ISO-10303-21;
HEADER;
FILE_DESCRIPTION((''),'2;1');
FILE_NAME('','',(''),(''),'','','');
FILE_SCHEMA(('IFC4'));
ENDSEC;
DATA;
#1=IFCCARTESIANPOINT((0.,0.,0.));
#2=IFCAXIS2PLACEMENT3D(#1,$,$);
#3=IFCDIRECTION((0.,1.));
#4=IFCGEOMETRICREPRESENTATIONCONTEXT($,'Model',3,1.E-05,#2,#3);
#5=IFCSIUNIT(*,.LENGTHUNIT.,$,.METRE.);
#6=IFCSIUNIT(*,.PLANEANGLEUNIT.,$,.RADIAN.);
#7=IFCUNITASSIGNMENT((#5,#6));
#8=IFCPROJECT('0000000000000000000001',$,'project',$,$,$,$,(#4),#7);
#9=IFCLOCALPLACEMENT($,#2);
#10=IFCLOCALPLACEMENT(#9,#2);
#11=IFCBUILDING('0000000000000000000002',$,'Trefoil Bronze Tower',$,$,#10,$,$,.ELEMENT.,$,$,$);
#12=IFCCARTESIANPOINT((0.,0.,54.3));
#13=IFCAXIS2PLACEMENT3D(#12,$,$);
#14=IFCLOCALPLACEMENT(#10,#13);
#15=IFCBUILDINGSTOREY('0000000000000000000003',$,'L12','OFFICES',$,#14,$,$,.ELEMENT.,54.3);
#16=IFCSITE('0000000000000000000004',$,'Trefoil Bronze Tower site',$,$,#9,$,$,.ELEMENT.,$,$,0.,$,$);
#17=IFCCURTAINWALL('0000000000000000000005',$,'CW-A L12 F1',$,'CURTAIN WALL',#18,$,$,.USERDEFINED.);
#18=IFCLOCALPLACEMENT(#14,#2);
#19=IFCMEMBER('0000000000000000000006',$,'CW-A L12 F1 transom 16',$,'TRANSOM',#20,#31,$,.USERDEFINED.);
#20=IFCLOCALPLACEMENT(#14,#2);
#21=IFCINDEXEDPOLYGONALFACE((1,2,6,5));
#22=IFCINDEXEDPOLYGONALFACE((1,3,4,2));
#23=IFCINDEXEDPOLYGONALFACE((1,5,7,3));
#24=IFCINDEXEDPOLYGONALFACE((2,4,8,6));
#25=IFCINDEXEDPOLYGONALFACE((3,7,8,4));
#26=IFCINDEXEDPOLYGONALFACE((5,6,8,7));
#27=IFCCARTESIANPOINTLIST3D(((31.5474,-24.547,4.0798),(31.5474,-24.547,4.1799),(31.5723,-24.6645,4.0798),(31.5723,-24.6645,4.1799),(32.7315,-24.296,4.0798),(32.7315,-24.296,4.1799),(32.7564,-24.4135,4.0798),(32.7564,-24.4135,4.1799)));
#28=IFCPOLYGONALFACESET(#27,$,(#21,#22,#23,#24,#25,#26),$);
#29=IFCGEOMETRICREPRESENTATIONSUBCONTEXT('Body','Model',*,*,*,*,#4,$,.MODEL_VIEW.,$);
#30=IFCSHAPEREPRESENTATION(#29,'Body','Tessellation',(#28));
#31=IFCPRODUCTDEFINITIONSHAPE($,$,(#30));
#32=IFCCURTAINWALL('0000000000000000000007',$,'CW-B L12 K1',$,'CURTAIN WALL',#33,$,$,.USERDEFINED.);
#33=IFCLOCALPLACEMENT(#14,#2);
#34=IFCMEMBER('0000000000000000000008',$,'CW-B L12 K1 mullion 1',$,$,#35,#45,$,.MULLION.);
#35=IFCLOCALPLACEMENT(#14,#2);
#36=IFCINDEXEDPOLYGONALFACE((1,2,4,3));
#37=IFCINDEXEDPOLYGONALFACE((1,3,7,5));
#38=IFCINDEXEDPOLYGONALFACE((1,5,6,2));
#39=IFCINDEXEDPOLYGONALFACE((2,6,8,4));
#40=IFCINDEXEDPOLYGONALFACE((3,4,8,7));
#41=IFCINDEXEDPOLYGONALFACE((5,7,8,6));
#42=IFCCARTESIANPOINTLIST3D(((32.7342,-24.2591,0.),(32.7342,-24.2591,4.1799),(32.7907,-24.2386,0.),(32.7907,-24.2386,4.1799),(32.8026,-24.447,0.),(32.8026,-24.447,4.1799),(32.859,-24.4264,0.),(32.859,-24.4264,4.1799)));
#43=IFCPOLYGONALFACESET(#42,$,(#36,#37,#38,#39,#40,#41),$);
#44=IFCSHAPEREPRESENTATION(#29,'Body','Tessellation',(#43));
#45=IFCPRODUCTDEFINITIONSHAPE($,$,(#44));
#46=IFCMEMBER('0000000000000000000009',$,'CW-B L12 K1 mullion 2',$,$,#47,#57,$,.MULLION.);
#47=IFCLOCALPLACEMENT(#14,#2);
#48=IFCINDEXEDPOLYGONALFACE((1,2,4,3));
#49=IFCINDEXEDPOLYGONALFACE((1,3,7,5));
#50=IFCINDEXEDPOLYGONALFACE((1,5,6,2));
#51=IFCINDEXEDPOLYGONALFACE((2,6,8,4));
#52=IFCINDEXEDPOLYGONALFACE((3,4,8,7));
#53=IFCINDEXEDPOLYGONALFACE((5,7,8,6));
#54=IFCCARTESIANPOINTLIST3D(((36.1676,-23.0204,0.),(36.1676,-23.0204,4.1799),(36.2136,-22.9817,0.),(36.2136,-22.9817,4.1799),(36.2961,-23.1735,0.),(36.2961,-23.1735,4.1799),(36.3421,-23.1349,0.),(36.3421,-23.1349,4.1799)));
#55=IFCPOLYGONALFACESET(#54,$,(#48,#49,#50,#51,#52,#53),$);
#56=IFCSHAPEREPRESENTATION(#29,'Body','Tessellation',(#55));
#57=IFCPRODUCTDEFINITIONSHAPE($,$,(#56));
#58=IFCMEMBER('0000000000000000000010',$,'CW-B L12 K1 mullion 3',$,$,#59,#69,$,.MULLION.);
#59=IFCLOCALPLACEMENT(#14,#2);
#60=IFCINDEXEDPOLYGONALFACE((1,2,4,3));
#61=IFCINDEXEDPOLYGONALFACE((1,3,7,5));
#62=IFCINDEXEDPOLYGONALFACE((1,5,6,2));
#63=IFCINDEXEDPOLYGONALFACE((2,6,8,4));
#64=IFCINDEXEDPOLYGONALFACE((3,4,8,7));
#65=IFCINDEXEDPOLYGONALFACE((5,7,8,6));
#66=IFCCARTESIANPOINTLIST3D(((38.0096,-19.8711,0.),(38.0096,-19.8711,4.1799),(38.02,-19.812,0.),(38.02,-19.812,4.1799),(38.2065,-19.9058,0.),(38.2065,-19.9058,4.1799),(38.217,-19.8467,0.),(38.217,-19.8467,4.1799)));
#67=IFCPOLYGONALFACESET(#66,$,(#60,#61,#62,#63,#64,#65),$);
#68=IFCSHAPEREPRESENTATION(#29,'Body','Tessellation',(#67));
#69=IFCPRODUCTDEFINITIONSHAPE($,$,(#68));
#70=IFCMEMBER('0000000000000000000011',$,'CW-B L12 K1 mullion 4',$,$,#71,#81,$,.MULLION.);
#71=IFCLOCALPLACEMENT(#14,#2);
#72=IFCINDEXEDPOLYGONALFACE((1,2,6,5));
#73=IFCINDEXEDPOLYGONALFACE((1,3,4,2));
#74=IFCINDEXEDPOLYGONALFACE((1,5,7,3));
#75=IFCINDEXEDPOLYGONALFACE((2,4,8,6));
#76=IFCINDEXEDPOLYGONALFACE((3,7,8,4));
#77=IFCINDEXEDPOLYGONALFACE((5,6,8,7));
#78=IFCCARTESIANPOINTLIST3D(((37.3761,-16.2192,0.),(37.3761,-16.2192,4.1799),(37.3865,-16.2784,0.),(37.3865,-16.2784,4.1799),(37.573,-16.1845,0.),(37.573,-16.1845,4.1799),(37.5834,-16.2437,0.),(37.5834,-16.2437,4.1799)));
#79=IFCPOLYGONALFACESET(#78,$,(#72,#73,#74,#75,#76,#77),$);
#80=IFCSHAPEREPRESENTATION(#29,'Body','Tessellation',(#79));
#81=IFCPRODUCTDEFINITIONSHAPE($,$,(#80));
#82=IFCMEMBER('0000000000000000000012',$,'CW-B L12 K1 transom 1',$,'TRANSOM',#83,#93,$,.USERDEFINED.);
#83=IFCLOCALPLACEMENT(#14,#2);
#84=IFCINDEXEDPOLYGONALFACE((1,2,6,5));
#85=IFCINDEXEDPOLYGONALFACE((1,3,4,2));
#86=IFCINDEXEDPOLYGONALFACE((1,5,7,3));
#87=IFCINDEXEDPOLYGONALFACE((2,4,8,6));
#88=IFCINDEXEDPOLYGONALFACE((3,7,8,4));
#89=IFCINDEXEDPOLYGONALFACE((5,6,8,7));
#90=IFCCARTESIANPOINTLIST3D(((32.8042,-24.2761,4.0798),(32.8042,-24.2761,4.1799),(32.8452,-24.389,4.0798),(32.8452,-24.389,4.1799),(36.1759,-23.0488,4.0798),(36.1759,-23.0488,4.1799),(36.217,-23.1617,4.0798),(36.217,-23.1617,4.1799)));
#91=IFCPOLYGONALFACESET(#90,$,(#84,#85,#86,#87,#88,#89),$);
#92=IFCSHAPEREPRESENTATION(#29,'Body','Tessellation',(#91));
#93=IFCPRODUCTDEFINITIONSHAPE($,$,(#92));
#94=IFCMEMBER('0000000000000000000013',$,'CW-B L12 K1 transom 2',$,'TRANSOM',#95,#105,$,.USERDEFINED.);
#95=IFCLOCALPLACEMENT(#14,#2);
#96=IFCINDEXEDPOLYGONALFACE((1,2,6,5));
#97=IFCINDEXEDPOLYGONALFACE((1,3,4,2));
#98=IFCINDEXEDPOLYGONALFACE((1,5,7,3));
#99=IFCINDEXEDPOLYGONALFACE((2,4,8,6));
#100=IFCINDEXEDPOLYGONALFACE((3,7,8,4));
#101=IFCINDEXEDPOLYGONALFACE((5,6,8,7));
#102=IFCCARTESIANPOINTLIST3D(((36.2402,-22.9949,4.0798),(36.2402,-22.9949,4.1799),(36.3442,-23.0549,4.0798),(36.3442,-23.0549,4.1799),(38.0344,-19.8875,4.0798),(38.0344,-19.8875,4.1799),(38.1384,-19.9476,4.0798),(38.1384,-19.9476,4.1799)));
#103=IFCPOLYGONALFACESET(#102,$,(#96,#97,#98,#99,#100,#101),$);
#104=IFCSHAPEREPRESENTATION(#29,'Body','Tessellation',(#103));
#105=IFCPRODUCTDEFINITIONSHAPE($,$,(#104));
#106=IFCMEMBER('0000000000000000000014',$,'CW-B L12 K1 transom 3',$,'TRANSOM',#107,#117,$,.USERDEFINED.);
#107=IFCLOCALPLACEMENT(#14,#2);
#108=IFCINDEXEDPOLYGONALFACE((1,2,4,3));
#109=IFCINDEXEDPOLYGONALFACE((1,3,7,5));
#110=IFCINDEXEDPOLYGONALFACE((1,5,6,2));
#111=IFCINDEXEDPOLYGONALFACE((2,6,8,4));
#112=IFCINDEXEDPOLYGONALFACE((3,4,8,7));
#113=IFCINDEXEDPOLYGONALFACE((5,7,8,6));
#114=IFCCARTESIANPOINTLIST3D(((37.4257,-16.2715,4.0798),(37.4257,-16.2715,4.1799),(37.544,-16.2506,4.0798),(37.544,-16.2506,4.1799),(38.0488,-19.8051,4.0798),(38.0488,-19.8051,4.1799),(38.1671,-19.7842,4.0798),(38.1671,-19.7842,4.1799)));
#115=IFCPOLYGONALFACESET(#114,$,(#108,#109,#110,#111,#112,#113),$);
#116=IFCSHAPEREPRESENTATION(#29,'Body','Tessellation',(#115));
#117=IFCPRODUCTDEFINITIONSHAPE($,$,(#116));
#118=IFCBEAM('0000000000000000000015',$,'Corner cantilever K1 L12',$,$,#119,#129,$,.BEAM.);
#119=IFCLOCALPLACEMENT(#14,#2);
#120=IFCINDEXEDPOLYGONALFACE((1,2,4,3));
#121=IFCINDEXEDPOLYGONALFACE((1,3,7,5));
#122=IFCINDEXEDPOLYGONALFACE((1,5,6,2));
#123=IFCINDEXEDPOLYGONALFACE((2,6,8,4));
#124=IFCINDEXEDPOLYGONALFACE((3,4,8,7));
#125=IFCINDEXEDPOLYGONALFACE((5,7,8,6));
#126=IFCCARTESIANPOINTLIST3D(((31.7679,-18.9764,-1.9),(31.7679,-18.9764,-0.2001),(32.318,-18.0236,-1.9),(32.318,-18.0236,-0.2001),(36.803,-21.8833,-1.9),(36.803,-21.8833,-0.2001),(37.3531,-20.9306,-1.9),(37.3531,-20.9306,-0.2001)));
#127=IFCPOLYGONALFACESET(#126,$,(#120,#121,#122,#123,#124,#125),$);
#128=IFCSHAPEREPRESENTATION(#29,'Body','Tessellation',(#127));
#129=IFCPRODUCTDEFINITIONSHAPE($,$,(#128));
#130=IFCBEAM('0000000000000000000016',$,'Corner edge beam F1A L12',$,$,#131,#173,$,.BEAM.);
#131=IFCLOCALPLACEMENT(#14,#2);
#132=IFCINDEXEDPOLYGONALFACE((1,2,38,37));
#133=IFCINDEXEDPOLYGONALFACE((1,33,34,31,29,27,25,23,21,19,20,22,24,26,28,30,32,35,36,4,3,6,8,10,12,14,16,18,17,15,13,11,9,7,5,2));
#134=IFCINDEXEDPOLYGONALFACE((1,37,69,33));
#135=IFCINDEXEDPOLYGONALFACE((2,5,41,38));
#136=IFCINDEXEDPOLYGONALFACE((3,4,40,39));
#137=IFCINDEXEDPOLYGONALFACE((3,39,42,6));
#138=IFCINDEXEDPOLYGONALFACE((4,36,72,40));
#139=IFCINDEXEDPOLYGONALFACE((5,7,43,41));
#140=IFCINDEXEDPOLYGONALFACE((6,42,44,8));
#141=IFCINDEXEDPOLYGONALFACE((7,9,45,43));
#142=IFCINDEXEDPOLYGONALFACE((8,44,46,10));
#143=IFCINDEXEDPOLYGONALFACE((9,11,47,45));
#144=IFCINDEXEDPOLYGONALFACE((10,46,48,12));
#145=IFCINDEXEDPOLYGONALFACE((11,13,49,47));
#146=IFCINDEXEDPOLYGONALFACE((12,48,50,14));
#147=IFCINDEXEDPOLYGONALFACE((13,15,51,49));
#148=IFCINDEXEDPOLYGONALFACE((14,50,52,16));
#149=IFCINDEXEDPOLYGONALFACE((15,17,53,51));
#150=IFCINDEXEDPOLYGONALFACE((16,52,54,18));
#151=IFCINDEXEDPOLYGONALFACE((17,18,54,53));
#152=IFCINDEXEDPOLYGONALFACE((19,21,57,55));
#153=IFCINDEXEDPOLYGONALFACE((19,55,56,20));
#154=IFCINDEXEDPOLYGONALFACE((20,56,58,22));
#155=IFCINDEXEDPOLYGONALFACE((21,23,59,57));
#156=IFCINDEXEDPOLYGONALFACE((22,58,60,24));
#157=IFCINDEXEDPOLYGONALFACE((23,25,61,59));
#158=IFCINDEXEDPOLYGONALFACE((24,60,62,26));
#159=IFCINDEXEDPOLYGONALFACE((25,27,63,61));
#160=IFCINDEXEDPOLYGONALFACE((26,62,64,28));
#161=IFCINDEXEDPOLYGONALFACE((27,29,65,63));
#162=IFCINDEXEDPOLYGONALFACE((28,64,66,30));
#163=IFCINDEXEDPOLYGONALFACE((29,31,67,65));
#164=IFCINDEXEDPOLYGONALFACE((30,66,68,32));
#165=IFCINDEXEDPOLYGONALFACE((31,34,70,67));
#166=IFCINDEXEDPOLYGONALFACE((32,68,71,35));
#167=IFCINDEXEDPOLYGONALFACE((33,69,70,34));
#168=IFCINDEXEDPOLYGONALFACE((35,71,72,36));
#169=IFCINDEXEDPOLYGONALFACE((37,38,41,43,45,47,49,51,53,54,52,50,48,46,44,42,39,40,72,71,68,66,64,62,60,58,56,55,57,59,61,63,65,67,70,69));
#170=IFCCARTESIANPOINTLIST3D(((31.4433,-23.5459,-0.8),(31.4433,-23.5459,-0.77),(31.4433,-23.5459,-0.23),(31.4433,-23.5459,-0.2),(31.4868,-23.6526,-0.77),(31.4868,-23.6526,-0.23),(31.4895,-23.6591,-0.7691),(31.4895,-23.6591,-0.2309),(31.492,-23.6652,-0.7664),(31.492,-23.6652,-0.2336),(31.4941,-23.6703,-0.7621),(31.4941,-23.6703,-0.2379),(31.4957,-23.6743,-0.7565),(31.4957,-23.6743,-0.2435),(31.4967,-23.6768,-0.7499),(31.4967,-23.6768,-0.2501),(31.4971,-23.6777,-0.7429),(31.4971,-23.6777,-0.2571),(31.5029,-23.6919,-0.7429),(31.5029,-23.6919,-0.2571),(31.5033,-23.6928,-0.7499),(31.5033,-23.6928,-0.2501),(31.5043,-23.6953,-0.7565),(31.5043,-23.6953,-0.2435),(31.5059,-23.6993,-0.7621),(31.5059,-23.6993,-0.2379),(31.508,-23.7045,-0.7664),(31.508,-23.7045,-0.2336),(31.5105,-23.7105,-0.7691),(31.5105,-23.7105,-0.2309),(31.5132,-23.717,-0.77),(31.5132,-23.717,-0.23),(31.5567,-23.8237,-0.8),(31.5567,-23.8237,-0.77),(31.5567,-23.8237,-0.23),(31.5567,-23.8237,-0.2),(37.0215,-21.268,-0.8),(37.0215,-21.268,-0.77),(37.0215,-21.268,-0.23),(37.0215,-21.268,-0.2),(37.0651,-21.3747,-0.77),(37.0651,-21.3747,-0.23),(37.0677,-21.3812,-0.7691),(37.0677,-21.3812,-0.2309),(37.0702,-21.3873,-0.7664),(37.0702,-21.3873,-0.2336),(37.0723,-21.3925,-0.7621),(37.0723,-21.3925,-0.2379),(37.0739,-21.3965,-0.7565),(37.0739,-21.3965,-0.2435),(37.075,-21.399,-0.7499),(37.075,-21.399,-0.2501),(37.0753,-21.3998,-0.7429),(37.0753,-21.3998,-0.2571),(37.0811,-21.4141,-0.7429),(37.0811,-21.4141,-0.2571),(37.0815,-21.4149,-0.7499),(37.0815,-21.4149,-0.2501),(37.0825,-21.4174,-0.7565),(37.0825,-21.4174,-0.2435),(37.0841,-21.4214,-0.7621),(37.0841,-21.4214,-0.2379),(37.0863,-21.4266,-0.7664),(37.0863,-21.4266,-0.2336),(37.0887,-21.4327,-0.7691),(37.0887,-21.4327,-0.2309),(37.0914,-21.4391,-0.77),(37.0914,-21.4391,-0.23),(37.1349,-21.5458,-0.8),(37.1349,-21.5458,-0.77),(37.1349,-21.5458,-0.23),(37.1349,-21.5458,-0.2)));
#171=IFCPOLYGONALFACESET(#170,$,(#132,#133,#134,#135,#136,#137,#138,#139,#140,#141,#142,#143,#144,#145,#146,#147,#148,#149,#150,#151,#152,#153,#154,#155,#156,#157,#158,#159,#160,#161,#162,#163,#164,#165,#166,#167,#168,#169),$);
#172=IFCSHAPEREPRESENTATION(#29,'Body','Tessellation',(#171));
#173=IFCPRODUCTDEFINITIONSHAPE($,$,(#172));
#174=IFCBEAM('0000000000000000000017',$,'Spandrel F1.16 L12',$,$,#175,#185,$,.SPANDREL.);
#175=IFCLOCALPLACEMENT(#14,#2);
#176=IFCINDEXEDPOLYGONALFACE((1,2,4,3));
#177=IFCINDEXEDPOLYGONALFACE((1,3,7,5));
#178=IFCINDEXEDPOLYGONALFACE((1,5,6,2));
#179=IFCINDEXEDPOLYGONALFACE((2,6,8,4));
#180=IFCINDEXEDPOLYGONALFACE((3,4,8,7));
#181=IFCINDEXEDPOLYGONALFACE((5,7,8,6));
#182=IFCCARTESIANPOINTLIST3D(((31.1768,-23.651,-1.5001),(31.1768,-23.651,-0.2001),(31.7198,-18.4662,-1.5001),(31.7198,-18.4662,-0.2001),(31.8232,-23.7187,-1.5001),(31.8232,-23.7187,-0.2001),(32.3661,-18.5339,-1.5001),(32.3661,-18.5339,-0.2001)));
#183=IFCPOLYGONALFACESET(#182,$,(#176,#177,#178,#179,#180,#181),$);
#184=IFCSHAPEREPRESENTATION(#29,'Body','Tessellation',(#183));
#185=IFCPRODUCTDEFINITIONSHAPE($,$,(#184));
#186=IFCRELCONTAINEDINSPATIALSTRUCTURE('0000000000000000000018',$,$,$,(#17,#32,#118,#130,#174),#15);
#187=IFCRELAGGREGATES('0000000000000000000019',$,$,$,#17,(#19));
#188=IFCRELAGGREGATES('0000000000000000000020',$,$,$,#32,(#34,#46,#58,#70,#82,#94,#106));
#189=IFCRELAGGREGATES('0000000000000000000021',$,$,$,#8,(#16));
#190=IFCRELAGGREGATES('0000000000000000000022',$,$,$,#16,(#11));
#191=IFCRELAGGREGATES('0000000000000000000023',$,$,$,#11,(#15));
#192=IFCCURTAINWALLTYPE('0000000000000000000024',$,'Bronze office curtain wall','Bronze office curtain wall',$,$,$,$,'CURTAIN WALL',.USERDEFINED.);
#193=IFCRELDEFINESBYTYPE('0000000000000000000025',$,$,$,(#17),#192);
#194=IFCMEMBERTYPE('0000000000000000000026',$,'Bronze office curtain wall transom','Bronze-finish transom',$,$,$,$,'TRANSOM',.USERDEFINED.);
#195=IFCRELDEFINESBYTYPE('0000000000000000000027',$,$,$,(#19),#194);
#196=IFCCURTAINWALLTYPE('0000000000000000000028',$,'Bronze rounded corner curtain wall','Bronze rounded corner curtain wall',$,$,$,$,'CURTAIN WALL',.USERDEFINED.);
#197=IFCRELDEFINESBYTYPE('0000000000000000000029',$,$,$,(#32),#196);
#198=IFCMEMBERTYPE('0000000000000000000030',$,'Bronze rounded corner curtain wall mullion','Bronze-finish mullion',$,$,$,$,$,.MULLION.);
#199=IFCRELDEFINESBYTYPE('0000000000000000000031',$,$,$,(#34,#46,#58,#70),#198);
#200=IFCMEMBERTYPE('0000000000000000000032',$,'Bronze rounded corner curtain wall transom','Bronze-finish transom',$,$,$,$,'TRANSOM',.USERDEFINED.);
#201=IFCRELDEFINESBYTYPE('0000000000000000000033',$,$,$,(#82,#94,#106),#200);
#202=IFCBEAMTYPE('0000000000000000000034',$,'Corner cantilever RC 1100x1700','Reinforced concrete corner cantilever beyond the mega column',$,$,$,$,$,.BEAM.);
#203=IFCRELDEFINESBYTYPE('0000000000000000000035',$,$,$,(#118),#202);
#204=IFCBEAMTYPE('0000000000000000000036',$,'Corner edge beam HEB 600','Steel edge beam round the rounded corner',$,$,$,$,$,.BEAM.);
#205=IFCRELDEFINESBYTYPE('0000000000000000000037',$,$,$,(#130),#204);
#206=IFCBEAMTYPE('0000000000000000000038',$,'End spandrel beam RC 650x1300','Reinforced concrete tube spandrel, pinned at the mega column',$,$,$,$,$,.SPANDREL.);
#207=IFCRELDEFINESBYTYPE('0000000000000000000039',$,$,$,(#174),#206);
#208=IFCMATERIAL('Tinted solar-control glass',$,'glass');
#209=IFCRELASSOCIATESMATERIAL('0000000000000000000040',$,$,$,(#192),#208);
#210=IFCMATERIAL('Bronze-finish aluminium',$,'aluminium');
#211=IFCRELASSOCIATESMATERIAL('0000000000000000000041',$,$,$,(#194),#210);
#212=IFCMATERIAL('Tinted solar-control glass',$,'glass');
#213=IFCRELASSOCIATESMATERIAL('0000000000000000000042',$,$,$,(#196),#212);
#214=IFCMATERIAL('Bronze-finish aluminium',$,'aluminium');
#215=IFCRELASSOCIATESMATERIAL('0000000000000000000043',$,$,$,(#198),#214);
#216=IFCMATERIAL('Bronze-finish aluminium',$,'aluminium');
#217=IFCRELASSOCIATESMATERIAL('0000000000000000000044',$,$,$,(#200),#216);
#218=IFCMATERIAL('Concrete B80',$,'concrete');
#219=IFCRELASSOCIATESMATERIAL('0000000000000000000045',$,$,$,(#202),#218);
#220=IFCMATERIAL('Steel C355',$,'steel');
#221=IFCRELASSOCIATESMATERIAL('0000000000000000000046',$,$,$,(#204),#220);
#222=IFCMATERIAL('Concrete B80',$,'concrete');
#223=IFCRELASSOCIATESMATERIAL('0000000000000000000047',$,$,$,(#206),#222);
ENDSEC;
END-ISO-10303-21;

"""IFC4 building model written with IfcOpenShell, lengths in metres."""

from ifc_helpers import new_model, si_unit, direction, frame, origin, origin_2d, place, context, subcontext, project, spatial, rectangle, i_section, extrude, material, material_profile, profile_set, type_object, element, aggregate, save


model = new_model("IFC4")

# Units and contexts
model_context = context("Model", 3, precision=1e-05, world=origin(), true_north=direction((0.0, 1.0)))
body_context = subcontext(model_context, "Body", "Model", "MODEL_VIEW")
ifc_project = project(units=[si_unit("LENGTHUNIT", "METRE"), si_unit("PLANEANGLEUNIT", "RADIAN")], contexts=[model_context])

# Site, building, storey
site_placement = place(None, origin())
site = spatial("IfcSite", under=ifc_project, at=site_placement, Name="Trefoil Bronze Tower site", CompositionType="ELEMENT", RefElevation=0.0)
building_placement = place(site_placement, origin())
building = spatial("IfcBuilding", under=site, at=building_placement, Name="Trefoil Bronze Tower", CompositionType="ELEMENT")
storey_placement = place(building_placement, frame((0.0, 0.0, 54.3)))
storey = spatial("IfcBuildingStorey", under=building, at=storey_placement, Name="L12", Description="OFFICES", CompositionType="ELEMENT", Elevation=54.3)

# Curtain walls, members
ifc_material_1 = material(Name="Tinted solar-control glass", Category="glass")
curtain_wall_type_1 = type_object("IfcCurtainWallType", Name="Bronze office curtain wall", Description="Bronze office curtain wall", ElementType="CURTAIN WALL", PredefinedType="USERDEFINED", material=ifc_material_1)
curtain_wall_1_placement = place(storey_placement, origin())
curtain_wall_1 = element("IfcCurtainWall", 1, at=curtain_wall_1_placement, inside=storey, type_object=curtain_wall_type_1, Name="CW-A L12 F1", ObjectType="CURTAIN WALL", PredefinedType="USERDEFINED")
ifc_material_2 = material(Name="Bronze-finish aluminium", Category="aluminium")
ifc_material_profile_1 = material_profile(ifc_material_2, rectangle(XDim=0.1201, YDim=0.1001, at=origin_2d()), Name="CW-A transom")
ifc_profile_set_1 = profile_set([ifc_material_profile_1], Name="Bronze-finish aluminium")
member_type_1 = type_object("IfcMemberType", Name="Bronze office curtain wall transom", Description="Bronze-finish transom", ElementType="TRANSOM", PredefinedType="USERDEFINED", material=ifc_profile_set_1)
member_1_placement = place(storey_placement, frame((31.5598, -24.6057, 4.1299), z_axis=(0.978266, 0.207352, 0.0), x_axis=(-0.207352, 0.978266, 0.0)))
member_1 = element("IfcMember", 2, at=member_1_placement, type_object=member_type_1, Name="CW-A L12 F1 transom 16", ObjectType="TRANSOM", PredefinedType="USERDEFINED", context=body_context, shape_type="SweptSolid", body=[
    extrude(rectangle(XDim=0.1201, YDim=0.1001, at=origin_2d()), origin(), (0.0, 0.0, 1.0), 1.2104),
])
ifc_material_3 = material(Name="Tinted solar-control glass", Category="glass")
curtain_wall_type_2 = type_object("IfcCurtainWallType", Name="Bronze rounded corner curtain wall", Description="Bronze rounded corner curtain wall", ElementType="CURTAIN WALL", PredefinedType="USERDEFINED", material=ifc_material_3)
curtain_wall_2_placement = place(storey_placement, origin())
curtain_wall_2 = element("IfcCurtainWall", 3, at=curtain_wall_2_placement, inside=storey, type_object=curtain_wall_type_2, Name="CW-B L12 K1", ObjectType="CURTAIN WALL", PredefinedType="USERDEFINED")
ifc_material_4 = material(Name="Bronze-finish aluminium", Category="aluminium")
ifc_material_profile_2 = material_profile(ifc_material_4, rectangle(XDim=0.2, YDim=0.0601, at=origin_2d()), Name="CW-B mullion")
ifc_profile_set_2 = profile_set([ifc_material_profile_2], Name="Bronze-finish aluminium")
member_type_2 = type_object("IfcMemberType", Name="Bronze rounded corner curtain wall mullion", Description="Bronze-finish mullion", PredefinedType="MULLION", material=ifc_profile_set_2)
member_2_placement = place(storey_placement, frame((32.7966, -24.3428, 0.0), z_axis=(0.0, 0.0, 1.0), x_axis=(-0.34202, 0.939693, 0.0)))
member_2 = element("IfcMember", 4, at=member_2_placement, type_object=member_type_2, Name="CW-B L12 K1 mullion 1", PredefinedType="MULLION", context=body_context, shape_type="SweptSolid", body=[
    extrude(rectangle(XDim=0.2, YDim=0.0601, at=origin_2d()), origin(), (0.0, 0.0, 1.0), 4.1799),
])
member_3_placement = place(storey_placement, frame((36.2549, -23.0776, 0.0), z_axis=(0.0, 0.0, 1.0), x_axis=(-0.642788, 0.766044, 0.0)))
member_3 = element("IfcMember", 5, at=member_3_placement, type_object=member_type_2, Name="CW-B L12 K1 mullion 2", PredefinedType="MULLION", context=body_context, shape_type="SweptSolid", body=[
    extrude(rectangle(XDim=0.2, YDim=0.0601, at=origin_2d()), origin(), (0.0, 0.0, 1.0), 4.1799),
])
member_4_placement = place(storey_placement, frame((38.1133, -19.8589, 0.0), z_axis=(0.0, 0.0, 1.0), x_axis=(-0.984808, 0.173648, 0.0)))
member_4 = element("IfcMember", 6, at=member_4_placement, type_object=member_type_2, Name="CW-B L12 K1 mullion 3", PredefinedType="MULLION", context=body_context, shape_type="SweptSolid", body=[
    extrude(rectangle(XDim=0.2, YDim=0.0601, at=origin_2d()), origin(), (0.0, 0.0, 1.0), 4.1799),
])
member_5_placement = place(storey_placement, frame((37.4797, -16.2314, 0.0), z_axis=(0.0, 0.0, 1.0), x_axis=(-0.984808, -0.173648, 0.0)))
member_5 = element("IfcMember", 7, at=member_5_placement, type_object=member_type_2, Name="CW-B L12 K1 mullion 4", PredefinedType="MULLION", context=body_context, shape_type="SweptSolid", body=[
    extrude(rectangle(XDim=0.2, YDim=0.0601, at=origin_2d()), origin(), (0.0, 0.0, 1.0), 4.1799),
])
ifc_material_5 = material(Name="Bronze-finish aluminium", Category="aluminium")
ifc_material_profile_3 = material_profile(ifc_material_5, rectangle(XDim=0.1201, YDim=0.1001, at=origin_2d()), Name="CW-B transom")
ifc_profile_set_3 = profile_set([ifc_material_profile_3], Name="Bronze-finish aluminium")
member_type_3 = type_object("IfcMemberType", Name="Bronze rounded corner curtain wall transom", Description="Bronze-finish transom", ElementType="TRANSOM", PredefinedType="USERDEFINED", material=ifc_profile_set_3)
member_6_placement = place(storey_placement, frame((32.8247, -24.3325, 4.1299), z_axis=(0.939688, 0.342033, 0.0), x_axis=(-0.342033, 0.939688, 0.0)))
member_6 = element("IfcMember", 8, at=member_6_placement, type_object=member_type_3, Name="CW-B L12 K1 transom 1", ObjectType="TRANSOM", PredefinedType="USERDEFINED", context=body_context, shape_type="SweptSolid", body=[
    extrude(rectangle(XDim=0.1201, YDim=0.1001, at=origin_2d()), origin(), (0.0, 0.0, 1.0), 3.5881),
])
member_7_placement = place(storey_placement, frame((36.2922, -23.0249, 4.1299), z_axis=(0.500025, 0.866011, 0.0), x_axis=(-0.866011, 0.500025, 0.0)))
member_7 = element("IfcMember", 9, at=member_7_placement, type_object=member_type_3, Name="CW-B L12 K1 transom 2", ObjectType="TRANSOM", PredefinedType="USERDEFINED", context=body_context, shape_type="SweptSolid", body=[
    extrude(rectangle(XDim=0.1201, YDim=0.1001, at=origin_2d()), origin(), (0.0, 0.0, 1.0), 3.5881),
])
member_8_placement = place(storey_placement, frame((38.1079, -19.7947, 4.1299), z_axis=(-0.173638, 0.98481, 0.0), x_axis=(-0.98481, -0.173638, 0.0)))
member_8 = element("IfcMember", 10, at=member_8_placement, type_object=member_type_3, Name="CW-B L12 K1 transom 3", ObjectType="TRANSOM", PredefinedType="USERDEFINED", context=body_context, shape_type="SweptSolid", body=[
    extrude(rectangle(XDim=0.1201, YDim=0.1001, at=origin_2d()), origin(), (0.0, 0.0, 1.0), 3.5881),
])

# Beams
ifc_material_6 = material(Name="Concrete B80", Category="concrete")
ifc_material_profile_4 = material_profile(ifc_material_6, rectangle(XDim=1.1001, YDim=1.7, at=origin_2d()), Name="RC 1100x1700")
ifc_profile_set_4 = profile_set([ifc_material_profile_4], Name="Concrete B80")
beam_type_1 = type_object("IfcBeamType", Name="Corner cantilever RC 1100x1700", Description="Reinforced concrete corner cantilever beyond the mega column", PredefinedType="BEAM", material=ifc_profile_set_4)
beam_1_placement = place(storey_placement, frame((32.043, -18.5, -1.05), z_axis=(0.86603, -0.499991, 0.0), x_axis=(0.499991, 0.86603, 0.0)))
element("IfcBeam", 11, at=beam_1_placement, inside=storey, type_object=beam_type_1, Name="Corner cantilever K1 L12", PredefinedType="BEAM", context=body_context, shape_type="SweptSolid", body=[
    extrude(rectangle(XDim=1.1001, YDim=1.7, at=origin_2d()), origin(), (0.0, 0.0, 1.0), 5.814),
])
ifc_material_7 = material(Name="Steel C355", Category="steel")
ifc_material_profile_5 = material_profile(ifc_material_7, i_section(OverallWidth=0.3, OverallDepth=0.6001, WebThickness=0.0154, FlangeThickness=0.03, FilletRadius=0.0271, at=origin_2d()), Name="HEB 600")
ifc_profile_set_5 = profile_set([ifc_material_profile_5], Name="Steel C355")
beam_type_2 = type_object("IfcBeamType", Name="Corner edge beam HEB 600", Description="Steel edge beam round the rounded corner", PredefinedType="BEAM", material=ifc_profile_set_5)
beam_2_placement = place(storey_placement, frame((31.5, -23.6848, -0.5), z_axis=(0.925787, 0.378046, 0.0), x_axis=(-0.378046, 0.925787, 0.0)))
element("IfcBeam", 12, at=beam_2_placement, inside=storey, type_object=beam_type_2, Name="Corner edge beam F1A L12", PredefinedType="BEAM", context=body_context, shape_type="SweptSolid", body=[
    extrude(i_section(OverallWidth=0.3, OverallDepth=0.6001, WebThickness=0.0154, FlangeThickness=0.03, FilletRadius=0.0271, at=origin_2d()), origin(), (0.0, 0.0, 1.0), 6.0254),
])
ifc_material_8 = material(Name="Concrete B80", Category="concrete")
ifc_material_profile_6 = material_profile(ifc_material_8, rectangle(XDim=0.6499, YDim=1.3, at=origin_2d()), Name="RC 650x1300")
ifc_profile_set_6 = profile_set([ifc_material_profile_6], Name="Concrete B80")
beam_type_3 = type_object("IfcBeamType", Name="End spandrel beam RC 650x1300", Description="Reinforced concrete tube spandrel, pinned at the mega column", PredefinedType="SPANDREL", material=ifc_profile_set_6)
for number, where, z_axis, x_axis, name in (
    (13, (31.5, -23.6848, -0.8501), (0.104153, 0.994561, 0.0), (-0.994561, 0.104153, 0.0), "Spandrel F1.16 L12"),
):
    element("IfcBeam", number, at=place(storey_placement, frame(where, z_axis=z_axis, x_axis=x_axis)), inside=storey, type_object=beam_type_3, Name=name, PredefinedType="SPANDREL", context=body_context, shape_type="SweptSolid", body=[
        extrude(rectangle(XDim=0.6499, YDim=1.3, at=origin_2d()), origin(), (0.0, 0.0, 1.0), 5.2131),
    ])

aggregate(curtain_wall_1, [member_1])
aggregate(curtain_wall_2, [member_2, member_3, member_4, member_5, member_6, member_7, member_8])

save(model, "model.ifc")
